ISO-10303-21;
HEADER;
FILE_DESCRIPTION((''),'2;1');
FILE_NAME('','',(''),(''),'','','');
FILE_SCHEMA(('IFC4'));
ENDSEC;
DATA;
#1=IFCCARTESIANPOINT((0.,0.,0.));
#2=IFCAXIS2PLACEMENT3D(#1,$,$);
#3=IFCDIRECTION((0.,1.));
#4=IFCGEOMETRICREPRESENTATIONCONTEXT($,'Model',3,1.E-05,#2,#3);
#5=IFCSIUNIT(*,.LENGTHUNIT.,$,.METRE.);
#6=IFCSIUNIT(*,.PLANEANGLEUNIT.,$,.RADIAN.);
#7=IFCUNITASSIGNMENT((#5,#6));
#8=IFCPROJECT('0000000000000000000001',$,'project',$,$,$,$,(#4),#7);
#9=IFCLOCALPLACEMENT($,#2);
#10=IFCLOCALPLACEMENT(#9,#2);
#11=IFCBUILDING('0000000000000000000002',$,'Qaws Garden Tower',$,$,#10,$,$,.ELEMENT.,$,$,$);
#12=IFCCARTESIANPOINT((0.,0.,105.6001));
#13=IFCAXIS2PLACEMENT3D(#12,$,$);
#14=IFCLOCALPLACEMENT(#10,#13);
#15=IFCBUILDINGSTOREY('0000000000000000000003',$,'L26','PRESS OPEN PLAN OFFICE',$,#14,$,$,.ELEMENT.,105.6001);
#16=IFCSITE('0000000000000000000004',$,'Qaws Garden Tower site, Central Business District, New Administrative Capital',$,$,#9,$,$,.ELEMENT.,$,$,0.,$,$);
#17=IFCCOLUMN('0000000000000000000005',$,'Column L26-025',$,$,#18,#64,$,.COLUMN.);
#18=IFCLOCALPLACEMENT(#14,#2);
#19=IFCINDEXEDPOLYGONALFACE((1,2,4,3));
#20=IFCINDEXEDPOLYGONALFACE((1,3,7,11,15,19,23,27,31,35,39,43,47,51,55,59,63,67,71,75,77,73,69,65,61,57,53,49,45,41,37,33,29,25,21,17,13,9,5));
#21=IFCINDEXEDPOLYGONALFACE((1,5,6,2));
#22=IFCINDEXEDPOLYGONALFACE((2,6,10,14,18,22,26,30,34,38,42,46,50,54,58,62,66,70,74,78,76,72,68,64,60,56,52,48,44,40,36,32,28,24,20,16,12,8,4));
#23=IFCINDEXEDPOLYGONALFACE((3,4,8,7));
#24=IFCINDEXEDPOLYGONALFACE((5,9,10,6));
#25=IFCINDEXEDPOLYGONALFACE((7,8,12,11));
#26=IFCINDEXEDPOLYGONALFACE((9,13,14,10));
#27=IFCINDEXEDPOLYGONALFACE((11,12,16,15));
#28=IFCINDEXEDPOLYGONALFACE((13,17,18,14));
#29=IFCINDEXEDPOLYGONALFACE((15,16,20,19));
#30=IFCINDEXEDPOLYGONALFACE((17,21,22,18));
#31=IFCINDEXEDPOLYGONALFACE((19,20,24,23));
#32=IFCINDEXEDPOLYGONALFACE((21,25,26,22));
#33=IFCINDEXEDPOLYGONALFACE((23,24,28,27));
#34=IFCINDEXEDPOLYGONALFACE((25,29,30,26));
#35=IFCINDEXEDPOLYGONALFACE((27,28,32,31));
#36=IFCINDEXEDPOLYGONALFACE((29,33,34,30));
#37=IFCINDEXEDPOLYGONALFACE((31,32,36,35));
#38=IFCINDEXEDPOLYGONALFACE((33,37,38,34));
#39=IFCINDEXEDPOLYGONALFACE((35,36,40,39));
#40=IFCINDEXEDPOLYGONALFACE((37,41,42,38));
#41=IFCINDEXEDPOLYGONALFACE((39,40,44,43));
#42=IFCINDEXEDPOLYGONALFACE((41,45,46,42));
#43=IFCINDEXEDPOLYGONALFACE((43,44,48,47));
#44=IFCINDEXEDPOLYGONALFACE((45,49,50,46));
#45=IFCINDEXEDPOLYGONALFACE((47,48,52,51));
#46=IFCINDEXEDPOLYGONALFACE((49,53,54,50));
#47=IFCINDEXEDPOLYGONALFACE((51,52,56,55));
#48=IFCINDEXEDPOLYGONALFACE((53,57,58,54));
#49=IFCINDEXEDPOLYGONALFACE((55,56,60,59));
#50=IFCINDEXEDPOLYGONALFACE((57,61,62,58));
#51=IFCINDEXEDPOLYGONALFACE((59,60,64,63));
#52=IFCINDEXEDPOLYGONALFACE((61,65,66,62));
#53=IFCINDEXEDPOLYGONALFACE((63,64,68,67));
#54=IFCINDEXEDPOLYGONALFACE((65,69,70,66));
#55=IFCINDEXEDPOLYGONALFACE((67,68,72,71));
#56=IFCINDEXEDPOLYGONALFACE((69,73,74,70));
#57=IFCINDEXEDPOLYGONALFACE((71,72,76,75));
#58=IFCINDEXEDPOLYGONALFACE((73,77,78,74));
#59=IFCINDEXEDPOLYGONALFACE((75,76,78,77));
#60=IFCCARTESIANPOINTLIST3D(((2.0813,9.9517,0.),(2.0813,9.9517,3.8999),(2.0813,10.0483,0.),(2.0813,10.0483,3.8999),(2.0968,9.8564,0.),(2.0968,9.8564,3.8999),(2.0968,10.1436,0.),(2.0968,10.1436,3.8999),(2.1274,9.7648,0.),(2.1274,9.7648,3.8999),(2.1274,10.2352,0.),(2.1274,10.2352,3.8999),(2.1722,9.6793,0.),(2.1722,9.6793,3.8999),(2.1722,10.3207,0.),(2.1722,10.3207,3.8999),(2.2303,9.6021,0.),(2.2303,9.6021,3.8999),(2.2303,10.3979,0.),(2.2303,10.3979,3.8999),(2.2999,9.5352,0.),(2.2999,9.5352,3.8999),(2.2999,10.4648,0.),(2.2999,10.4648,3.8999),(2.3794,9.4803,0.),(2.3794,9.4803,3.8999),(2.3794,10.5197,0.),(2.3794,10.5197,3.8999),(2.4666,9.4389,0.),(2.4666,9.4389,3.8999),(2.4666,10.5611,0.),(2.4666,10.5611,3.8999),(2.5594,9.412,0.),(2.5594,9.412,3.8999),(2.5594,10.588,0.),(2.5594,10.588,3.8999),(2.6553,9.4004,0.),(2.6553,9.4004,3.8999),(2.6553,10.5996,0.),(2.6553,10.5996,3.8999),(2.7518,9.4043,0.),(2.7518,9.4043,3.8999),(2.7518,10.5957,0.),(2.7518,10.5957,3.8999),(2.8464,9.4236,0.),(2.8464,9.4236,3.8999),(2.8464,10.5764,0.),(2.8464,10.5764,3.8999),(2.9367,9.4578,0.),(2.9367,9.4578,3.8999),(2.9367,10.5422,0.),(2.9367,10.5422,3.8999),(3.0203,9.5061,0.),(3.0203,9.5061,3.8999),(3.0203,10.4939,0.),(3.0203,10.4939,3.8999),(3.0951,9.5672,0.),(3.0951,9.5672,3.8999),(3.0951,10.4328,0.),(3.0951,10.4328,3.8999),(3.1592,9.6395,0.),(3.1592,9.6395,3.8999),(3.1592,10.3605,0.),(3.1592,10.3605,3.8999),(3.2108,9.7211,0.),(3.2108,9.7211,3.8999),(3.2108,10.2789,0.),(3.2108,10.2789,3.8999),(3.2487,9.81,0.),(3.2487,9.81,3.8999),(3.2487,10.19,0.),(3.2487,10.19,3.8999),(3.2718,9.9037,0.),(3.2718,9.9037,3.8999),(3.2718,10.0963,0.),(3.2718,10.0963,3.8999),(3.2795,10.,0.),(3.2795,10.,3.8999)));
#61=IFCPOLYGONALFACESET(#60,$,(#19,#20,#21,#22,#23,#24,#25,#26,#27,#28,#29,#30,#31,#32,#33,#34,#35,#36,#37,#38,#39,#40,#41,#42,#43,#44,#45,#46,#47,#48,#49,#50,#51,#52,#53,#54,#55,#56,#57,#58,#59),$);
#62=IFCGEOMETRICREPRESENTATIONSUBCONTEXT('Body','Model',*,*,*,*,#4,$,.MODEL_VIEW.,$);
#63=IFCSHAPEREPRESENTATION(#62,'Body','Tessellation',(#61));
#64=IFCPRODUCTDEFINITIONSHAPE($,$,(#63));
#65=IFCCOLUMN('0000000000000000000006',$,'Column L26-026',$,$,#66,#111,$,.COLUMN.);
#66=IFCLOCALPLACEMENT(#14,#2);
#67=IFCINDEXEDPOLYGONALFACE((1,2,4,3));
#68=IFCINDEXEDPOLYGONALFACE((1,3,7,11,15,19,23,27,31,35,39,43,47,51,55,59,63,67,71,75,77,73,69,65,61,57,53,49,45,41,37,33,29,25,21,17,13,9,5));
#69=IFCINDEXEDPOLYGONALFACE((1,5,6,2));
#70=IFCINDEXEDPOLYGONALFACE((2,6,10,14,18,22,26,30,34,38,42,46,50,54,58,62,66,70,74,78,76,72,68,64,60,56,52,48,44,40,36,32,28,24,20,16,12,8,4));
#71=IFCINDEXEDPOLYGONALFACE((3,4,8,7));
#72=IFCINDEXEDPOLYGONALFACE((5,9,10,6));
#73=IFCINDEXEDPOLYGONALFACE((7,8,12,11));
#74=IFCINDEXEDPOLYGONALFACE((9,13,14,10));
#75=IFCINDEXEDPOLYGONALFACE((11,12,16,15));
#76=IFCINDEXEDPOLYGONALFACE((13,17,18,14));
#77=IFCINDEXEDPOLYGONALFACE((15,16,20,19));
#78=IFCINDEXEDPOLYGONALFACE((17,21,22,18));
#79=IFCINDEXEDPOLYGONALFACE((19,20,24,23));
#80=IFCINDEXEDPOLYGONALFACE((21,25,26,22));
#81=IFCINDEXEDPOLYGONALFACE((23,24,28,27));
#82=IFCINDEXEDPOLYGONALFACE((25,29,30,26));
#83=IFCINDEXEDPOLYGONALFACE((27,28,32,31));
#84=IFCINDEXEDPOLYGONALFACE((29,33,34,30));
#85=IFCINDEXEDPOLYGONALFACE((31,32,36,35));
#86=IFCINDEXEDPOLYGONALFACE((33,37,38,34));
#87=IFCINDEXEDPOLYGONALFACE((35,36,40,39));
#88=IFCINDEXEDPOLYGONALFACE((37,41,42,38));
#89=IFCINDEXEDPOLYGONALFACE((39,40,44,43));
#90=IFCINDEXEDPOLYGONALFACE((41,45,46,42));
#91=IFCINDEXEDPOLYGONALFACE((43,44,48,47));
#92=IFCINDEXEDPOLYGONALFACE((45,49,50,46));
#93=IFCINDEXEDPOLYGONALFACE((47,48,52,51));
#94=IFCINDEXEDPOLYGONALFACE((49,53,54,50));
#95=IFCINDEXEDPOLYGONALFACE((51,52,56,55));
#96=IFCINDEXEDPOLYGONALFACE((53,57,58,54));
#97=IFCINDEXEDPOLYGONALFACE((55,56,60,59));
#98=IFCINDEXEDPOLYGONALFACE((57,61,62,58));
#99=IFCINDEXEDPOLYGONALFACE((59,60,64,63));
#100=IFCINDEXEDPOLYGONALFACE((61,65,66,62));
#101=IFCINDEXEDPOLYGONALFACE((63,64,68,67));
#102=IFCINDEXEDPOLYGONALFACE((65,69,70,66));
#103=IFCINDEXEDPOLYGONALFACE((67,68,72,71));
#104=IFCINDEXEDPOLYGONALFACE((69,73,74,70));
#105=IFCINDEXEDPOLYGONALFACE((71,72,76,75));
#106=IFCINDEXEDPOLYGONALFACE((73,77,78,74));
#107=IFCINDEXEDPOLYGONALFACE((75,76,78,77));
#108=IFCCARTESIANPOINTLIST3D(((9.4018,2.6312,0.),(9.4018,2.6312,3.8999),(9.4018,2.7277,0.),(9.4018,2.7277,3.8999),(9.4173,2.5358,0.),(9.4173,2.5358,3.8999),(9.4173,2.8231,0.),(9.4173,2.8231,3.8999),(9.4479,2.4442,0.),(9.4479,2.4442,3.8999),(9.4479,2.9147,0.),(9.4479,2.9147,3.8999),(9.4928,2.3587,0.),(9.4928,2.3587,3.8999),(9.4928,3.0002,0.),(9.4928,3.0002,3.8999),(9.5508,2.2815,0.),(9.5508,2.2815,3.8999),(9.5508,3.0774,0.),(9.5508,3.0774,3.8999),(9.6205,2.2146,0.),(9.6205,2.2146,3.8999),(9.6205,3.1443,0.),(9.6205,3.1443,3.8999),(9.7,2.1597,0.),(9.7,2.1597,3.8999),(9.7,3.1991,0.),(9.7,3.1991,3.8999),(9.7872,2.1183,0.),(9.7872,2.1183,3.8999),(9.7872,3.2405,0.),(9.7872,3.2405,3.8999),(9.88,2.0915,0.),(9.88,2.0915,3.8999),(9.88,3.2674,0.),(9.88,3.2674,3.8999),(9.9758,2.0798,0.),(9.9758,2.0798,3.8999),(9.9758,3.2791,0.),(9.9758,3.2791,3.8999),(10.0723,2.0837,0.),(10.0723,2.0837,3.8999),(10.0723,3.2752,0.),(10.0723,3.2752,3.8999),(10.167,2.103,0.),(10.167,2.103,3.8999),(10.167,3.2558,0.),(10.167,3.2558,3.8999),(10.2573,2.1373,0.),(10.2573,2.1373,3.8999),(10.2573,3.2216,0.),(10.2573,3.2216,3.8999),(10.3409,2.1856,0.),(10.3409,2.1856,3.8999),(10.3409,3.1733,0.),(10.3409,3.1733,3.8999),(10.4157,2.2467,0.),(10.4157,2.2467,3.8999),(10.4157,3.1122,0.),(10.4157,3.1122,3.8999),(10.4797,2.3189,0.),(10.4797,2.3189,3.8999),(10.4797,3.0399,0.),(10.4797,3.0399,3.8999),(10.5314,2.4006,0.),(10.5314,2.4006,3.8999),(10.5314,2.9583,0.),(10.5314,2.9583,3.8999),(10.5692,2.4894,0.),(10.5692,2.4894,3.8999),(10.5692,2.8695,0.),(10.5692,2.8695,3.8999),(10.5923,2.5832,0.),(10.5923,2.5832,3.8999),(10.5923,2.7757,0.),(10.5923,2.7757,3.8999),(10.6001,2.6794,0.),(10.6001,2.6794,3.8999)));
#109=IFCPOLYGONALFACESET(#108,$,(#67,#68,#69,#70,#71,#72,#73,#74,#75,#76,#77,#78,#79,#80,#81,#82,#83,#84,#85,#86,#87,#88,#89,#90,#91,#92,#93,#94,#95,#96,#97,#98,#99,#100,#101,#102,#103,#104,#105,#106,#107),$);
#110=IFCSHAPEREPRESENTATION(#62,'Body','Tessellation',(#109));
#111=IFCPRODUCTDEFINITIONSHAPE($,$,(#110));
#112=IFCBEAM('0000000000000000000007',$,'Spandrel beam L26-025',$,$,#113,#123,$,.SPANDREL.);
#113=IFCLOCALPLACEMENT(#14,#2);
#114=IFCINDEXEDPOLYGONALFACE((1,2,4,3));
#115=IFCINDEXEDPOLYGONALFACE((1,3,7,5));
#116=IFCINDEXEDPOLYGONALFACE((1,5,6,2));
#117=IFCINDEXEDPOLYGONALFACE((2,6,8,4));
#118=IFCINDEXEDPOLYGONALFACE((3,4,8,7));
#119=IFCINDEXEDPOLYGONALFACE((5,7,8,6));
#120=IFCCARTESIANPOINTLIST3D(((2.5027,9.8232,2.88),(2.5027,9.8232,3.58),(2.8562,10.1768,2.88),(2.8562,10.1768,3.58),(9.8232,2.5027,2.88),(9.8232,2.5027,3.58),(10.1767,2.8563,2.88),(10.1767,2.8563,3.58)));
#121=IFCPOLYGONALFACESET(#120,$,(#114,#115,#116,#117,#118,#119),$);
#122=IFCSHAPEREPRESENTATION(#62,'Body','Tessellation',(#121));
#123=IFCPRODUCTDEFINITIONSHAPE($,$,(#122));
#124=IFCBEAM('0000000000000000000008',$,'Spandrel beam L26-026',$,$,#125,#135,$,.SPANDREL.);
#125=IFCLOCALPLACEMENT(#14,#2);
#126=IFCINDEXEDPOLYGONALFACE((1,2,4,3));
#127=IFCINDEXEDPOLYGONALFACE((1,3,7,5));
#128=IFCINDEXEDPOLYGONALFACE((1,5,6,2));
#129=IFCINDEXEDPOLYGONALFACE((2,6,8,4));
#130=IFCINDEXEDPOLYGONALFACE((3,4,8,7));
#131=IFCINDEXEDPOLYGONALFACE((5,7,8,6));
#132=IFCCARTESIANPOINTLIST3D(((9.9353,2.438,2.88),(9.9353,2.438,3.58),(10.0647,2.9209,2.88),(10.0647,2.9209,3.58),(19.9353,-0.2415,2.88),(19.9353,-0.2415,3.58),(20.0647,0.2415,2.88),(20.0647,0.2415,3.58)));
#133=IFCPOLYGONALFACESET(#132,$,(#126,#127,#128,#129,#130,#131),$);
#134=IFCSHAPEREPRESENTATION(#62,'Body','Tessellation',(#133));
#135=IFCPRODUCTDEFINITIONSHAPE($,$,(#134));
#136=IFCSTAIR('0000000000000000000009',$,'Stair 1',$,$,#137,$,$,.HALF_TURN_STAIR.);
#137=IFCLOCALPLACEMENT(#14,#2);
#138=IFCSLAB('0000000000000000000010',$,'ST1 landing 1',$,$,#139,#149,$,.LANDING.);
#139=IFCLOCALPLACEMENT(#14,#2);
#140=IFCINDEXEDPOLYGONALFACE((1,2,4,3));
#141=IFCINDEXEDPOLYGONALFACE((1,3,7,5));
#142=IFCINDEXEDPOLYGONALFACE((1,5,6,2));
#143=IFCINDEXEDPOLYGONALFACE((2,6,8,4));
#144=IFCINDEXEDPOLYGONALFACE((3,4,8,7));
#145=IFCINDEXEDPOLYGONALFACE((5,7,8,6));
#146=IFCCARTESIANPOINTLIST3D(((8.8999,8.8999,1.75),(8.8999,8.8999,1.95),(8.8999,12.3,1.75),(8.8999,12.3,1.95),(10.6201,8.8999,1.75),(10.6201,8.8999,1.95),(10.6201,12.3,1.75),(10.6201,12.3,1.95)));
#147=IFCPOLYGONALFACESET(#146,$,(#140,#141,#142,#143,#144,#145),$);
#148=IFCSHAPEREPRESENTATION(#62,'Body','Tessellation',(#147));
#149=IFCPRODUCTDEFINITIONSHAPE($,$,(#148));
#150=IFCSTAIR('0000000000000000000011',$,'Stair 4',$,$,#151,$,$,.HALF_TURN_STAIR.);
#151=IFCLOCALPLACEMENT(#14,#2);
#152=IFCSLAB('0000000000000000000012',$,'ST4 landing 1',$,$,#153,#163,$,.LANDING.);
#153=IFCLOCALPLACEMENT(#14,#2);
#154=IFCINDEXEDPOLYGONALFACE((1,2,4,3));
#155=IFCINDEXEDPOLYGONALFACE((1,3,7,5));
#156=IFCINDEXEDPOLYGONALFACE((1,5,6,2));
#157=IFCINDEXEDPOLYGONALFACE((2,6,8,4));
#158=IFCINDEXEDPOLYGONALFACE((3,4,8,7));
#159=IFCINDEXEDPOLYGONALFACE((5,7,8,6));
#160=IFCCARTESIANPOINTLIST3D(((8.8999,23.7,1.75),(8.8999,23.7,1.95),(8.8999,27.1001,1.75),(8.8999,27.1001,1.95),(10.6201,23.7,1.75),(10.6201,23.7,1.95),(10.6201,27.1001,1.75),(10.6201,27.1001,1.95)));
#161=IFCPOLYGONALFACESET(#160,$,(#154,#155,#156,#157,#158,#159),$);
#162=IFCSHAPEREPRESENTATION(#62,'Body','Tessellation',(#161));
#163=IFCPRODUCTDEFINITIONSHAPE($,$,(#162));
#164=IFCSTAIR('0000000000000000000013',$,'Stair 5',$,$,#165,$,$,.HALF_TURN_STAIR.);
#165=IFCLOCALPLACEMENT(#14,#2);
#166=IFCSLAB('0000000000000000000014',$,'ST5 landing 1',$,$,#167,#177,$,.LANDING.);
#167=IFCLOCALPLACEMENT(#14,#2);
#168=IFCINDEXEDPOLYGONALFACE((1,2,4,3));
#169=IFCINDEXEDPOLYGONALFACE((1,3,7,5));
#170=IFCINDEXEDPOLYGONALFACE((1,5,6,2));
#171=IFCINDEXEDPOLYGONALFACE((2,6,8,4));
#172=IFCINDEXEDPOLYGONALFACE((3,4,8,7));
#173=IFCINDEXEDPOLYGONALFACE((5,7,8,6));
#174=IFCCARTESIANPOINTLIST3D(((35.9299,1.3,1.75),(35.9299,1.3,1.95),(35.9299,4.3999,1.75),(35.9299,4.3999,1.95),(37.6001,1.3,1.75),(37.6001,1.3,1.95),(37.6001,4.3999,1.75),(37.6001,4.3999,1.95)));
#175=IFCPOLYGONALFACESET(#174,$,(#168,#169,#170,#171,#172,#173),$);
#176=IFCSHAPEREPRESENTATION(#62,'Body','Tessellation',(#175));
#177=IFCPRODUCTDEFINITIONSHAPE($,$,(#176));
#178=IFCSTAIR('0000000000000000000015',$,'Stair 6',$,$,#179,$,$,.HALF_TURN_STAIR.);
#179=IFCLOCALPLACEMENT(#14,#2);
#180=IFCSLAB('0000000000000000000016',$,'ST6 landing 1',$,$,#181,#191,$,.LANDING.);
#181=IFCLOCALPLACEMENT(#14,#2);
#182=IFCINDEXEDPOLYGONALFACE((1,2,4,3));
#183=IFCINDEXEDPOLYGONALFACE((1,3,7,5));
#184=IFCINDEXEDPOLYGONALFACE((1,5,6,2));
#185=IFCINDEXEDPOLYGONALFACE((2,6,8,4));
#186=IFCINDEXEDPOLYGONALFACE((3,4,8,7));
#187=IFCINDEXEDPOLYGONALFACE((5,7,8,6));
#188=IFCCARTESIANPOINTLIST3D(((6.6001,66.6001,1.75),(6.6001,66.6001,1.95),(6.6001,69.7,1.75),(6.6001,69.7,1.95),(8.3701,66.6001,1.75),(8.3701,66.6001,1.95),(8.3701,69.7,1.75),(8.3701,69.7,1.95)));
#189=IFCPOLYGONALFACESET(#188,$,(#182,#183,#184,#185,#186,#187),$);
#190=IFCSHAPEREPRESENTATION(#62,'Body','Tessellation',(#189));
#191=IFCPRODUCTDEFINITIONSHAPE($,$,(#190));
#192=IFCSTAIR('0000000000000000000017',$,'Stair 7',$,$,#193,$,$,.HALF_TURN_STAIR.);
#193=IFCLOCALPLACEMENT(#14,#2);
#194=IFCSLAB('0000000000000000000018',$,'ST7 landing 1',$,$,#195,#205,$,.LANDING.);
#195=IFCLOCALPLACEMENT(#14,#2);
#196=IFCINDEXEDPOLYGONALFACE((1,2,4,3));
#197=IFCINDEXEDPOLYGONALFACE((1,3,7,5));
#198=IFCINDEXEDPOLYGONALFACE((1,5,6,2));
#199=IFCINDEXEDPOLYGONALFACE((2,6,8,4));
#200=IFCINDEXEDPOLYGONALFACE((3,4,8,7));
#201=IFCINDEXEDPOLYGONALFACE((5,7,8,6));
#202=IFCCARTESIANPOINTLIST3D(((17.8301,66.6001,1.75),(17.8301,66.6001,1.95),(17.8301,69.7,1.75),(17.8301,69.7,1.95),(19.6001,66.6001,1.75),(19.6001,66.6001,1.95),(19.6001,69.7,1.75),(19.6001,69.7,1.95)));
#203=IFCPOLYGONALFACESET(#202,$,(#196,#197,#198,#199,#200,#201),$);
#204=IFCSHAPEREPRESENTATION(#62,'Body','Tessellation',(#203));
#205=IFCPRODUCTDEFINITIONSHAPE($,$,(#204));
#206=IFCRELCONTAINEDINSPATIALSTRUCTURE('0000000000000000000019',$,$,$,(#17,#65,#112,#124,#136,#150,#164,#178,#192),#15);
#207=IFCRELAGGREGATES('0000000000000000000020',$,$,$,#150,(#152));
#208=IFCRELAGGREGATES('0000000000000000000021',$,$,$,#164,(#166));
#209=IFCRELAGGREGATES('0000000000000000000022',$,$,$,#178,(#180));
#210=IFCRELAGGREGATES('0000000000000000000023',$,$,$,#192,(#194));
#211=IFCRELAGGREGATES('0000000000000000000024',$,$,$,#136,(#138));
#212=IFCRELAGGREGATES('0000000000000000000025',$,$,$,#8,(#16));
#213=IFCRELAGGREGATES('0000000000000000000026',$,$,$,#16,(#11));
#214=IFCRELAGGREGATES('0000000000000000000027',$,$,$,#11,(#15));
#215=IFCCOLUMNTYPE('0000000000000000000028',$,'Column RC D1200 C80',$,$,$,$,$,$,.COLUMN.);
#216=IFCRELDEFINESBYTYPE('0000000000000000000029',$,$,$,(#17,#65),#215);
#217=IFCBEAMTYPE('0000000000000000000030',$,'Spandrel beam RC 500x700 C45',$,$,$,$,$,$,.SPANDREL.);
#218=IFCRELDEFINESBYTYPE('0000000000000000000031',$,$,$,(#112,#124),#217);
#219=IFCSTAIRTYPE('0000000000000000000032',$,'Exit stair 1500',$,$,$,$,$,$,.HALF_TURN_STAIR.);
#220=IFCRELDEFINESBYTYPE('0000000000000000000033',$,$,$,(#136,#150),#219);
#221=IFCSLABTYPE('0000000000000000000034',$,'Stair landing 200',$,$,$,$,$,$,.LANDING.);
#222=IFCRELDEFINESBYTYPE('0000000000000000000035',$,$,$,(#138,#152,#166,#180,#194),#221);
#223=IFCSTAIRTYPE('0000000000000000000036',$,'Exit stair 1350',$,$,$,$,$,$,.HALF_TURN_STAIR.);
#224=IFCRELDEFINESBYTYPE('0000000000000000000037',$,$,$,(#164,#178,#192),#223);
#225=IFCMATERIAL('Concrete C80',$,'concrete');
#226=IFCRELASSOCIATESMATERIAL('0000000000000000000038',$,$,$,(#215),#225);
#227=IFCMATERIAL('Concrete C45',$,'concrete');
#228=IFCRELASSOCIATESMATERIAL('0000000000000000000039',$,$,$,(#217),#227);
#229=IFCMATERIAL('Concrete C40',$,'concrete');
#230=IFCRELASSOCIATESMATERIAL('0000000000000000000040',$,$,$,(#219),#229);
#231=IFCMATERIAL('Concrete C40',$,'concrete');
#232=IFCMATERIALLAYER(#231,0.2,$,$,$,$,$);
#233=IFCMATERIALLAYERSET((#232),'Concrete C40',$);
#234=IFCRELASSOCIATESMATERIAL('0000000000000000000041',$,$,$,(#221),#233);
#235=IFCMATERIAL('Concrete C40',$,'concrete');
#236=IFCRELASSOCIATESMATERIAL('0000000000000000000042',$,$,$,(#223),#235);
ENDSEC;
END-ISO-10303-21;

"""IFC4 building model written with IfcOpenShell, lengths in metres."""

from ifc_helpers import new_model, si_unit, direction, frame, origin, origin_2d, place, context, subcontext, project, spatial, polyline, rectangle, circle, outline, extrude, material, layer, layer_set, material_profile, profile_set, type_object, element, aggregate, save


model = new_model("IFC4")

# Units and contexts
model_context = context("Model", 3, precision=1e-05, world=origin(), true_north=direction((0.0, 1.0)))
body_context = subcontext(model_context, "Body", "Model", "MODEL_VIEW")
ifc_project = project(units=[si_unit("LENGTHUNIT", "METRE"), si_unit("PLANEANGLEUNIT", "RADIAN")], contexts=[model_context])

# Site, building, storey
site_placement = place(None, origin())
site = spatial("IfcSite", under=ifc_project, at=site_placement, Name="Qaws Garden Tower site, Central Business District, New Administrative Capital", CompositionType="ELEMENT", RefElevation=0.0)
building_placement = place(site_placement, origin())
building = spatial("IfcBuilding", under=site, at=building_placement, Name="Qaws Garden Tower", CompositionType="ELEMENT")
storey_placement = place(building_placement, frame((0.0, 0.0, 105.6001)))
storey = spatial("IfcBuildingStorey", under=building, at=storey_placement, Name="L26", Description="PRESS OPEN PLAN OFFICE", CompositionType="ELEMENT", Elevation=105.6001)

# Columns
ifc_material_1 = material(Name="Concrete C80", Category="concrete")
ifc_material_profile_1 = material_profile(ifc_material_1, circle(Radius=0.6001, at=origin_2d()), Name="RC D1200")
ifc_profile_set_1 = profile_set([ifc_material_profile_1], Name="Concrete C80")
column_type = type_object("IfcColumnType", Name="Column RC D1200 C80", PredefinedType="COLUMN", material=ifc_profile_set_1)
for number, where, z_axis, x_axis, name in (
    (1, (2.6794, 10.0, 0.0), (0.0, 0.0, 1.0), (1.0, 0.0, 0.0), "Column L26-025"),
    (2, (10.0, 2.6794, 0.0), (0.0, 0.0, 1.0), (1.0, 0.0, 0.0), "Column L26-026"),
):
    element("IfcColumn", number, at=place(storey_placement, frame(where, z_axis=z_axis, x_axis=x_axis)), inside=storey, type_object=column_type, Name=name, PredefinedType="COLUMN", context=body_context, shape_type="SweptSolid", body=[
        extrude(circle(Radius=0.6001, at=origin_2d()), origin(), (0.0, 0.0, 1.0), 3.8999),
    ])

# Beams
ifc_material_2 = material(Name="Concrete C45", Category="concrete")
ifc_material_profile_2 = material_profile(ifc_material_2, rectangle(XDim=0.5, YDim=0.7, at=origin_2d()), Name="RC 500x700")
ifc_profile_set_2 = profile_set([ifc_material_profile_2], Name="Concrete C45")
beam_type = type_object("IfcBeamType", Name="Spandrel beam RC 500x700 C45", PredefinedType="SPANDREL", material=ifc_profile_set_2)
for number, where, z_axis, x_axis, name in (
    (3, (2.6794, 10.0, 3.23), (0.707107, -0.707107, 0.0), (0.707107, 0.707107, 0.0), "Spandrel beam L26-025"),
    (4, (10.0, 2.6794, 3.23), (0.965927, -0.258815, 0.0), (0.258815, 0.965927, 0.0), "Spandrel beam L26-026"),
):
    element("IfcBeam", number, at=place(storey_placement, frame(where, z_axis=z_axis, x_axis=x_axis)), inside=storey, type_object=beam_type, Name=name, PredefinedType="SPANDREL", context=body_context, shape_type="SweptSolid", body=[
        extrude(rectangle(XDim=0.5, YDim=0.7, at=origin_2d()), origin(), (0.0, 0.0, 1.0), 10.3528),
    ])

# Stairs, slabs
ifc_material_3 = material(Name="Concrete C40", Category="concrete")
stair_type_1 = type_object("IfcStairType", Name="Exit stair 1500", PredefinedType="HALF_TURN_STAIR", material=ifc_material_3)
placement_1 = place(storey_placement, origin())
stair_1 = element("IfcStair", 5, at=placement_1, inside=storey, type_object=stair_type_1, Name="Stair 1", PredefinedType="HALF_TURN_STAIR")
ifc_material_4 = material(Name="Concrete C40", Category="concrete")
ifc_layer_1 = layer(ifc_material_4, 0.2)
ifc_layer_set_1 = layer_set([ifc_layer_1], Name="Concrete C40")
slab_type = type_object("IfcSlabType", Name="Stair landing 200", PredefinedType="LANDING", material=ifc_layer_set_1)
placement_2 = place(storey_placement, frame((0.0, 0.0, 1.75)))
slab_1 = element("IfcSlab", 6, at=placement_2, type_object=slab_type, Name="ST1 landing 1", PredefinedType="LANDING", context=body_context, shape_type="SweptSolid", body=[
    extrude(outline(polyline([(8.8999, 8.8999), (10.6201, 8.8999), (10.6201, 12.3), (8.8999, 12.3), (8.8999, 8.8999)])), origin(), (0.0, 0.0, 1.0), 0.2),
])
stair_2 = element("IfcStair", 7, at=placement_1, inside=storey, type_object=stair_type_1, Name="Stair 4", PredefinedType="HALF_TURN_STAIR")
slab_2 = element("IfcSlab", 8, at=placement_2, type_object=slab_type, Name="ST4 landing 1", PredefinedType="LANDING", context=body_context, shape_type="SweptSolid", body=[
    extrude(outline(polyline([(8.8999, 23.7), (10.6201, 23.7), (10.6201, 27.1001), (8.8999, 27.1001), (8.8999, 23.7)])), origin(), (0.0, 0.0, 1.0), 0.2),
])
aggregate(stair_2, [slab_2])
ifc_material_5 = material(Name="Concrete C40", Category="concrete")
stair_type_2 = type_object("IfcStairType", Name="Exit stair 1350", PredefinedType="HALF_TURN_STAIR", material=ifc_material_5)
stair_3 = element("IfcStair", 9, at=placement_1, inside=storey, type_object=stair_type_2, Name="Stair 5", PredefinedType="HALF_TURN_STAIR")
slab_3 = element("IfcSlab", 10, at=placement_2, type_object=slab_type, Name="ST5 landing 1", PredefinedType="LANDING", context=body_context, shape_type="SweptSolid", body=[
    extrude(outline(polyline([(35.9299, 1.3), (37.6001, 1.3), (37.6001, 4.3999), (35.9299, 4.3999), (35.9299, 1.3)])), origin(), (0.0, 0.0, 1.0), 0.2),
])
aggregate(stair_3, [slab_3])
stair_4 = element("IfcStair", 11, at=placement_1, inside=storey, type_object=stair_type_2, Name="Stair 6", PredefinedType="HALF_TURN_STAIR")
slab_4 = element("IfcSlab", 12, at=placement_2, type_object=slab_type, Name="ST6 landing 1", PredefinedType="LANDING", context=body_context, shape_type="SweptSolid", body=[
    extrude(outline(polyline([(6.6001, 66.6001), (8.3701, 66.6001), (8.3701, 69.7), (6.6001, 69.7), (6.6001, 66.6001)])), origin(), (0.0, 0.0, 1.0), 0.2),
])
aggregate(stair_4, [slab_4])
stair_5 = element("IfcStair", 13, at=placement_1, inside=storey, type_object=stair_type_2, Name="Stair 7", PredefinedType="HALF_TURN_STAIR")
slab_5 = element("IfcSlab", 14, at=placement_2, type_object=slab_type, Name="ST7 landing 1", PredefinedType="LANDING", context=body_context, shape_type="SweptSolid", body=[
    extrude(outline(polyline([(17.8301, 66.6001), (19.6001, 66.6001), (19.6001, 69.7), (17.8301, 69.7), (17.8301, 66.6001)])), origin(), (0.0, 0.0, 1.0), 0.2),
])
aggregate(stair_5, [slab_5])

aggregate(stair_1, [slab_1])

save(model, "model.ifc")
